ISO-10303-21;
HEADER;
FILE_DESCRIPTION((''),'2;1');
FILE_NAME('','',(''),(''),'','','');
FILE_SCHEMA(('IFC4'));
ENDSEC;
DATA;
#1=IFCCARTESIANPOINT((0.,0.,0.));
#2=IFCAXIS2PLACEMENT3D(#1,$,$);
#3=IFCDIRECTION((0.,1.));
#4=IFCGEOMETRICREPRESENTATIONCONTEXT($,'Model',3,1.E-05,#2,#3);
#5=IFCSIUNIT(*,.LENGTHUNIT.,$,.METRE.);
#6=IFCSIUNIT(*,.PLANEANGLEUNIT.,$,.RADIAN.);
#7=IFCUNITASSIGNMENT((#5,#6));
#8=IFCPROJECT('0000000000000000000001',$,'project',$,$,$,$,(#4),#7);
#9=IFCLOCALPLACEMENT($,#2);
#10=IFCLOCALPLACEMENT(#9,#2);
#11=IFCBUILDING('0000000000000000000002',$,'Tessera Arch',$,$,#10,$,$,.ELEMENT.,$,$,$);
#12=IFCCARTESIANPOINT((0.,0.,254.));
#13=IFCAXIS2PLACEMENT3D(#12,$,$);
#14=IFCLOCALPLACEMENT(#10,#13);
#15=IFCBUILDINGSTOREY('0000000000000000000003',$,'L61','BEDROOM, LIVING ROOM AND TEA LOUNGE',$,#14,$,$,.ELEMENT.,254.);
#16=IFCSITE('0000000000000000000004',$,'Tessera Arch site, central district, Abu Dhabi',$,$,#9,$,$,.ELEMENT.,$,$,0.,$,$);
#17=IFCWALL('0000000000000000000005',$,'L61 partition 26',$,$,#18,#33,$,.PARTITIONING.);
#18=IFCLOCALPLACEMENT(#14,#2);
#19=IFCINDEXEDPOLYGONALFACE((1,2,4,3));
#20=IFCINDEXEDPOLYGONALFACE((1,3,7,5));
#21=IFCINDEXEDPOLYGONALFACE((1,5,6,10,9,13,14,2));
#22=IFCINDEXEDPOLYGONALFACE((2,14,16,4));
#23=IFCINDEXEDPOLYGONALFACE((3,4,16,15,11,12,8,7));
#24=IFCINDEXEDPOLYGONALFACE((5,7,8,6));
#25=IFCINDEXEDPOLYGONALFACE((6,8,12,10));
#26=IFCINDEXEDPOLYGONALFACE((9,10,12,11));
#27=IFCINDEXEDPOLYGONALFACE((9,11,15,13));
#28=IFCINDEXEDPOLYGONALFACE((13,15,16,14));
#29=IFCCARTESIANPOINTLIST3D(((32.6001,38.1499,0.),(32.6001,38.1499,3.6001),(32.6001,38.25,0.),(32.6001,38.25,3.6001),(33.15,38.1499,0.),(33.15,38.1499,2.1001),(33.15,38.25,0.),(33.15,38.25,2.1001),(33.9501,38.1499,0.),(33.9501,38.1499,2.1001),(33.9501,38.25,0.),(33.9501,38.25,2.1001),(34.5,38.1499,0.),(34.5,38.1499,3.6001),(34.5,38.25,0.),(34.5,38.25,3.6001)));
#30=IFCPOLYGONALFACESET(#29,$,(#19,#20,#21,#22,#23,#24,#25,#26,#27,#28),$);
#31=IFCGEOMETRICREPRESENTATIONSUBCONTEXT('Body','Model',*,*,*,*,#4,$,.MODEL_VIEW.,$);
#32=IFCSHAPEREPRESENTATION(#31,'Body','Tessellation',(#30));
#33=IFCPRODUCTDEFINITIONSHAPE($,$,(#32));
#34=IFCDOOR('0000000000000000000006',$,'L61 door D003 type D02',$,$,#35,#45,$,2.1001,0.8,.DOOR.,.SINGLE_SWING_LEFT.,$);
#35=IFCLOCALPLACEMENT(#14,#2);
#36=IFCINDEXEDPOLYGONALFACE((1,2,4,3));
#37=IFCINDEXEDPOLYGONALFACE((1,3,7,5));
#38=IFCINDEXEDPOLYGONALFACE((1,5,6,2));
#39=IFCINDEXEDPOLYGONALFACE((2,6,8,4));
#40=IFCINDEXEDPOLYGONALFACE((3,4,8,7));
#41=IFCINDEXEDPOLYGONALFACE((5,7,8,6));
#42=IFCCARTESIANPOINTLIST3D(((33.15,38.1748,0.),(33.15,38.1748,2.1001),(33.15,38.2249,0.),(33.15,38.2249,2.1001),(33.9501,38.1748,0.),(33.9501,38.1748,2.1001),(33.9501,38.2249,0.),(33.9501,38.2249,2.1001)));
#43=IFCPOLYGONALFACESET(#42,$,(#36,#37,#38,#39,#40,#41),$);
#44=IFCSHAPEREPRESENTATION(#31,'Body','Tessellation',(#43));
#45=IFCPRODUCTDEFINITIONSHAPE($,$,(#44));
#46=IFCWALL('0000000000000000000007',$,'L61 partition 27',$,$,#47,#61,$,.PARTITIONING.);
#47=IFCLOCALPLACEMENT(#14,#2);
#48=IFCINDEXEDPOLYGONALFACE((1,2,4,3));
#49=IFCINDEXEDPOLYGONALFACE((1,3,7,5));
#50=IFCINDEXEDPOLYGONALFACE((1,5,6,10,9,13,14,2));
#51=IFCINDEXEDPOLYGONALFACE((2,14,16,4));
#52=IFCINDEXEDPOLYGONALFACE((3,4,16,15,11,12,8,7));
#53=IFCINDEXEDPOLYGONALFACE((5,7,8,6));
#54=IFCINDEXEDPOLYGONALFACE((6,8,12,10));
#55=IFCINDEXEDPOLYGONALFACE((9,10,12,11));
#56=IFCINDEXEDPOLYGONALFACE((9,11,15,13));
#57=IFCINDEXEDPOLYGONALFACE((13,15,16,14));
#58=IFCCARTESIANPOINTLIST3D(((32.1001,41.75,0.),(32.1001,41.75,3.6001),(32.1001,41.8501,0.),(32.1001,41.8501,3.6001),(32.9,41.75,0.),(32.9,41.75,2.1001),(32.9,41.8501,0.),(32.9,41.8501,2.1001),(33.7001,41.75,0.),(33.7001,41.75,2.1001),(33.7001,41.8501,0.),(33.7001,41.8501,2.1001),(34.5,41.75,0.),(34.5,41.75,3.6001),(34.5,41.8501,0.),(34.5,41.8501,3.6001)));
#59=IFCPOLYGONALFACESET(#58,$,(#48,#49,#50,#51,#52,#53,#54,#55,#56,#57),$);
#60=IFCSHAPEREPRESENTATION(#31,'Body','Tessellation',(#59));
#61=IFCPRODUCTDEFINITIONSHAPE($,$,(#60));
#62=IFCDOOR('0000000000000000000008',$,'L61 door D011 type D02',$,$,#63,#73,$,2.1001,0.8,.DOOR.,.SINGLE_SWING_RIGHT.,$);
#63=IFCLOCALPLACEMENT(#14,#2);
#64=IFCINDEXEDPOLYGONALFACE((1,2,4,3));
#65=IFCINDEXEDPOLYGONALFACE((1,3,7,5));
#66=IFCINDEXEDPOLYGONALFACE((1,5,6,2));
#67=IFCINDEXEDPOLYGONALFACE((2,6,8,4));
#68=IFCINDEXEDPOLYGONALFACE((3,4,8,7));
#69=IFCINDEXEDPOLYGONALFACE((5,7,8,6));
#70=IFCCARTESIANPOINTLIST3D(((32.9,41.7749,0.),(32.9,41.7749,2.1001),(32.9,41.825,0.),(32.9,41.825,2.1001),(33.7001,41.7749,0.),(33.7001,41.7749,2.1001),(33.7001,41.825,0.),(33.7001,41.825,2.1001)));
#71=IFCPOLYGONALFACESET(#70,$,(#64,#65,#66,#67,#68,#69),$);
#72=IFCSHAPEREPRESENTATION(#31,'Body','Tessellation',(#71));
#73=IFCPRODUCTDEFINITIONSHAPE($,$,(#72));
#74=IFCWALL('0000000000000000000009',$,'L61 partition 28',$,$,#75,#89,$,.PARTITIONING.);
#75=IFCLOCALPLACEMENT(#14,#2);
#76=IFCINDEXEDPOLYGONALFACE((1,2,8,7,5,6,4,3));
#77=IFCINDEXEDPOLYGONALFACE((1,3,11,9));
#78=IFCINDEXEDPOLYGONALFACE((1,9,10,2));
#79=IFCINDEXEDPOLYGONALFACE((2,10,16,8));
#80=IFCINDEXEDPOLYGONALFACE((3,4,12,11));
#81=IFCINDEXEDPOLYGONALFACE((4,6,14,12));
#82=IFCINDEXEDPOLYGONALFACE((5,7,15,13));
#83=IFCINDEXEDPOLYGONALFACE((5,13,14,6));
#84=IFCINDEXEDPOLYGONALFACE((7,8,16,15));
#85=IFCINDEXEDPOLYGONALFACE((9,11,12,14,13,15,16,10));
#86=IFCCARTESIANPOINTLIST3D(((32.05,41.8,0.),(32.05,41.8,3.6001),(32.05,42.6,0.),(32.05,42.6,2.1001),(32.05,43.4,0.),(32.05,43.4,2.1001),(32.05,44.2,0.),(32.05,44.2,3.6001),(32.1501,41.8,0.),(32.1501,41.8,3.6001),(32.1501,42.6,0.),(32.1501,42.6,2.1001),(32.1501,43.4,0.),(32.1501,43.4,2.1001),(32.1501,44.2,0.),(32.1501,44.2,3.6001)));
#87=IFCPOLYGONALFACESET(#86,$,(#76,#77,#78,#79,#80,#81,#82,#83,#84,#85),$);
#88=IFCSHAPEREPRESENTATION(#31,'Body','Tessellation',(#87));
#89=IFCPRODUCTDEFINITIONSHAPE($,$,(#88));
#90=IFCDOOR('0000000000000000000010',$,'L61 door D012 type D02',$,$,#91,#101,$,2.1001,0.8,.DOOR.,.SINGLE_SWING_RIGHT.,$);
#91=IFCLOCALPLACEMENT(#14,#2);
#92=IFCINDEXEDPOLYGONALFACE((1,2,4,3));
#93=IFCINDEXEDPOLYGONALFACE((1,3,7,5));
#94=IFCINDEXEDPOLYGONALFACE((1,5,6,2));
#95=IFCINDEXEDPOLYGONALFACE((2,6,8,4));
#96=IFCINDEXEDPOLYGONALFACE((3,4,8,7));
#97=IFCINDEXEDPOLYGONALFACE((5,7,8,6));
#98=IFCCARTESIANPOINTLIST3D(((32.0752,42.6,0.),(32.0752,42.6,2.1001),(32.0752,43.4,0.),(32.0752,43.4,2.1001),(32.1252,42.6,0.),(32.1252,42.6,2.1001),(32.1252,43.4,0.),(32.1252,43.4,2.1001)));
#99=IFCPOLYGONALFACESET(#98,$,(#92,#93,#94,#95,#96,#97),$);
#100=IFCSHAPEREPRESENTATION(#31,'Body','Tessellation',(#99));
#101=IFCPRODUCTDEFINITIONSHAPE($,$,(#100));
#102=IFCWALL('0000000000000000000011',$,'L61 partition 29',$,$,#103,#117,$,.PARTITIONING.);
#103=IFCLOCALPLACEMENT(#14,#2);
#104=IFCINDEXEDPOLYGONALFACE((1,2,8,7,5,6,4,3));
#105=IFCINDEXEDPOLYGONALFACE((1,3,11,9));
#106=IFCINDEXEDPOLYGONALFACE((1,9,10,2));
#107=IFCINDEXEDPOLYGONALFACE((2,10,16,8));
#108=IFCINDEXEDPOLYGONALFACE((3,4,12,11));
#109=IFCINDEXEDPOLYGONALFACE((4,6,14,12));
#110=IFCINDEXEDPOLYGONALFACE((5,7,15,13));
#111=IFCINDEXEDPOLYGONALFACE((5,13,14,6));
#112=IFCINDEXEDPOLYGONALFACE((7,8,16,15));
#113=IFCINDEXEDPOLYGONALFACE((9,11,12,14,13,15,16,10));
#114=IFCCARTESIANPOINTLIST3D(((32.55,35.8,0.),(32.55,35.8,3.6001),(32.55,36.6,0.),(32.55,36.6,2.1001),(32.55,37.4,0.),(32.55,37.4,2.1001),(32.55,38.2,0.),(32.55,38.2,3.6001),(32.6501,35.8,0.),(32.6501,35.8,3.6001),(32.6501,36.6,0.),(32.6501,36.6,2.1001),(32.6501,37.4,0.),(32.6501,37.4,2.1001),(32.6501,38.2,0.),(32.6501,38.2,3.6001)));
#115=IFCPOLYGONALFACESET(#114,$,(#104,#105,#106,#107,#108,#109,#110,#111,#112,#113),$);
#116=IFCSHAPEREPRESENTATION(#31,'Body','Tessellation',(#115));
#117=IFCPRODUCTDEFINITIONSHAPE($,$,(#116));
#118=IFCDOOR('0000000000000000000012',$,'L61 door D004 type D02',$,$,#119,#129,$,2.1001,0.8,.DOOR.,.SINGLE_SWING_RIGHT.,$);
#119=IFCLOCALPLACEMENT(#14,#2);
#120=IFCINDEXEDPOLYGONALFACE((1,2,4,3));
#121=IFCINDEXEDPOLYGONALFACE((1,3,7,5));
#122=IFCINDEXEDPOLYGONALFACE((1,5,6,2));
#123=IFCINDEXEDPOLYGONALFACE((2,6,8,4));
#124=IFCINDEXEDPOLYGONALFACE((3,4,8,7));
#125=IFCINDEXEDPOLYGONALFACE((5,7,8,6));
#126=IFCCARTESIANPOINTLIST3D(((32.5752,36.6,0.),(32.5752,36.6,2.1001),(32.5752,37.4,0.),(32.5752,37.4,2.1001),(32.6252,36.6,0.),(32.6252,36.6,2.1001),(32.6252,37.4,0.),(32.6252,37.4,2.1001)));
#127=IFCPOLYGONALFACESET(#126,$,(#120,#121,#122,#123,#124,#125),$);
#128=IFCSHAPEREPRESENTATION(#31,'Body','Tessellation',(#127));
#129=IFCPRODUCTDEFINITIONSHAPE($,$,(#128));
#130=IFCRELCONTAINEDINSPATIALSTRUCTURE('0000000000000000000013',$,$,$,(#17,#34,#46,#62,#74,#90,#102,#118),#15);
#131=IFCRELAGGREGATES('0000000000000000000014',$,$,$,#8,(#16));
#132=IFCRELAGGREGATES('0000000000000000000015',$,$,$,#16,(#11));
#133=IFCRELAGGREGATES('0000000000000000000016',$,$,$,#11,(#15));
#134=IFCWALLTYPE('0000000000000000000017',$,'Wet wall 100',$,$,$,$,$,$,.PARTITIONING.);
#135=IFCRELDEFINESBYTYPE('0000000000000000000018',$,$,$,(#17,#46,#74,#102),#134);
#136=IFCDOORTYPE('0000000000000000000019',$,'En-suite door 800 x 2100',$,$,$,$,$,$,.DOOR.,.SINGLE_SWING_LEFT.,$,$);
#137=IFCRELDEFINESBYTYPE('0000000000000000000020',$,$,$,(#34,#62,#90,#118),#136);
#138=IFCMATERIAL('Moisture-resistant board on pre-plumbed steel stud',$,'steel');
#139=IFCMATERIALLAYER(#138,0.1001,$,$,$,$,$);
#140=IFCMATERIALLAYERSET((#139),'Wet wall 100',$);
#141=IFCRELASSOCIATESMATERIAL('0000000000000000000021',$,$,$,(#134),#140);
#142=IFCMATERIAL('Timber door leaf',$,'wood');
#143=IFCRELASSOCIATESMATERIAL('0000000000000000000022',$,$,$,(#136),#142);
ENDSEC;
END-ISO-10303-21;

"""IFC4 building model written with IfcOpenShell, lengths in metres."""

from ifc_helpers import new_model, si_unit, direction, frame, frame_2d, origin, place, context, subcontext, project, spatial, rectangle, extrude, material, layer, layer_set, type_object, element, fill, save


model = new_model("IFC4")

# Units and contexts
model_context = context("Model", 3, precision=1e-05, world=origin(), true_north=direction((0.0, 1.0)))
body_context = subcontext(model_context, "Body", "Model", "MODEL_VIEW")
ifc_project = project(units=[si_unit("LENGTHUNIT", "METRE"), si_unit("PLANEANGLEUNIT", "RADIAN")], contexts=[model_context])

# Site, building, storey
site_placement = place(None, origin())
site = spatial("IfcSite", under=ifc_project, at=site_placement, Name="Tessera Arch site, central district, Abu Dhabi", CompositionType="ELEMENT", RefElevation=0.0)
building_placement = place(site_placement, origin())
building = spatial("IfcBuilding", under=site, at=building_placement, Name="Tessera Arch", CompositionType="ELEMENT")
storey_placement = place(building_placement, frame((0.0, 0.0, 254.0)))
storey = spatial("IfcBuildingStorey", under=building, at=storey_placement, Name="L61", Description="BEDROOM, LIVING ROOM AND TEA LOUNGE", CompositionType="ELEMENT", Elevation=254.0)

# Shared definitions
ifc_material_1 = material(Name="Moisture-resistant board on pre-plumbed steel stud", Category="steel")
ifc_layer_1 = layer(ifc_material_1, 0.1001)
ifc_layer_set_1 = layer_set([ifc_layer_1], Name="Wet wall 100")
wall_type_1 = type_object("IfcWallType", Name="Wet wall 100", PredefinedType="PARTITIONING", material=ifc_layer_set_1)

# Walls, openings, doors
wall_1_placement = place(storey_placement, frame((32.6001, 38.2, 0.0), z_axis=(0.0, 0.0, 1.0), x_axis=(1.0, 0.0, 0.0)))
wall_1 = element("IfcWall", 1, at=wall_1_placement, inside=storey, type_object=wall_type_1, Name="L61 partition 26", PredefinedType="PARTITIONING", context=body_context, shape_type="SweptSolid", body=[
    extrude(rectangle(XDim=1.8999, YDim=0.1001, at=frame_2d((0.95, 0.0))), origin(), (0.0, 0.0, 1.0), 3.6001),
])
opening_1_placement = place(wall_1_placement, frame((0.55, 0.0, 0.0)))
opening_1 = element("IfcOpeningElement", 2, at=opening_1_placement, cuts=wall_1, PredefinedType="OPENING", context=body_context, shape_type="SweptSolid", body=[
    extrude(rectangle(XDim=0.8, YDim=2.1001, at=frame_2d((0.3999, 1.05))), frame((0.0, 0.0601, 0.0), z_axis=(0.0, -1.0, 0.0), x_axis=(1.0, 0.0, 0.0)), (0.0, 0.0, 1.0), 0.1201),
])
ifc_material_2 = material(Name="Timber door leaf", Category="wood")
door_type_1 = type_object("IfcDoorType", Name="En-suite door 800 x 2100", OperationType="SINGLE_SWING_LEFT", PredefinedType="DOOR", material=ifc_material_2)
door_1_placement = place(opening_1_placement, origin())
door_1 = element("IfcDoor", 3, at=door_1_placement, inside=storey, type_object=door_type_1, Name="L61 door D003 type D02", OperationType="SINGLE_SWING_LEFT", OverallHeight=2.1001, OverallWidth=0.8, PredefinedType="DOOR", context=body_context, shape_type="SweptSolid", body=[
    extrude(rectangle(XDim=0.8, YDim=2.1001, at=frame_2d((0.3999, 1.05))), frame((0.0, 0.0249, 0.0), z_axis=(0.0, -1.0, 0.0), x_axis=(1.0, 0.0, 0.0)), (0.0, 0.0, 1.0), 0.05),
])
fill(opening_1, door_1)
wall_2_placement = place(storey_placement, frame((32.1001, 41.8, 0.0), z_axis=(0.0, 0.0, 1.0), x_axis=(1.0, 0.0, 0.0)))
wall_2 = element("IfcWall", 4, at=wall_2_placement, inside=storey, type_object=wall_type_1, Name="L61 partition 27", PredefinedType="PARTITIONING", context=body_context, shape_type="SweptSolid", body=[
    extrude(rectangle(XDim=2.3999, YDim=0.1001, at=frame_2d((1.2, 0.0))), origin(), (0.0, 0.0, 1.0), 3.6001),
])
opening_2_placement = place(wall_2_placement, frame((0.8, 0.0, 0.0)))
opening_2 = element("IfcOpeningElement", 5, at=opening_2_placement, cuts=wall_2, PredefinedType="OPENING", context=body_context, shape_type="SweptSolid", body=[
    extrude(rectangle(XDim=0.8, YDim=2.1001, at=frame_2d((0.3999, 1.05))), frame((0.0, 0.0601, 0.0), z_axis=(0.0, -1.0, 0.0), x_axis=(1.0, 0.0, 0.0)), (0.0, 0.0, 1.0), 0.1201),
])
door_2_placement = place(opening_2_placement, origin())
door_2 = element("IfcDoor", 6, at=door_2_placement, inside=storey, type_object=door_type_1, Name="L61 door D011 type D02", OperationType="SINGLE_SWING_RIGHT", OverallHeight=2.1001, OverallWidth=0.8, PredefinedType="DOOR", context=body_context, shape_type="SweptSolid", body=[
    extrude(rectangle(XDim=0.8, YDim=2.1001, at=frame_2d((0.3999, 1.05))), frame((0.0, 0.0249, 0.0), z_axis=(0.0, -1.0, 0.0), x_axis=(1.0, 0.0, 0.0)), (0.0, 0.0, 1.0), 0.05),
])
fill(opening_2, door_2)
wall_3_placement = place(storey_placement, frame((32.1001, 41.8, 0.0), z_axis=(0.0, 0.0, 1.0), x_axis=(0.0, 1.0, 0.0)))
wall_3 = element("IfcWall", 7, at=wall_3_placement, inside=storey, type_object=wall_type_1, Name="L61 partition 28", PredefinedType="PARTITIONING", context=body_context, shape_type="SweptSolid", body=[
    extrude(rectangle(XDim=2.3999, YDim=0.1001, at=frame_2d((1.2, 0.0))), origin(), (0.0, 0.0, 1.0), 3.6001),
])
opening_3_placement = place(wall_3_placement, frame((0.8, 0.0, 0.0)))
opening_3 = element("IfcOpeningElement", 8, at=opening_3_placement, cuts=wall_3, PredefinedType="OPENING", context=body_context, shape_type="SweptSolid", body=[
    extrude(rectangle(XDim=0.8, YDim=2.1001, at=frame_2d((0.3999, 1.05))), frame((0.0, 0.0601, 0.0), z_axis=(0.0, -1.0, 0.0), x_axis=(1.0, 0.0, 0.0)), (0.0, 0.0, 1.0), 0.1201),
])
door_3_placement = place(opening_3_placement, origin())
door_3 = element("IfcDoor", 9, at=door_3_placement, inside=storey, type_object=door_type_1, Name="L61 door D012 type D02", OperationType="SINGLE_SWING_RIGHT", OverallHeight=2.1001, OverallWidth=0.8, PredefinedType="DOOR", context=body_context, shape_type="SweptSolid", body=[
    extrude(rectangle(XDim=0.8, YDim=2.1001, at=frame_2d((0.3999, 1.05))), frame((0.0, 0.0249, 0.0), z_axis=(0.0, -1.0, 0.0), x_axis=(1.0, 0.0, 0.0)), (0.0, 0.0, 1.0), 0.05),
])
fill(opening_3, door_3)
wall_4_placement = place(storey_placement, frame((32.6001, 35.8, 0.0), z_axis=(0.0, 0.0, 1.0), x_axis=(0.0, 1.0, 0.0)))
wall_4 = element("IfcWall", 10, at=wall_4_placement, inside=storey, type_object=wall_type_1, Name="L61 partition 29", PredefinedType="PARTITIONING", context=body_context, shape_type="SweptSolid", body=[
    extrude(rectangle(XDim=2.3999, YDim=0.1001, at=frame_2d((1.2, 0.0))), origin(), (0.0, 0.0, 1.0), 3.6001),
])
opening_4_placement = place(wall_4_placement, frame((0.8, 0.0, 0.0)))
opening_4 = element("IfcOpeningElement", 11, at=opening_4_placement, cuts=wall_4, PredefinedType="OPENING", context=body_context, shape_type="SweptSolid", body=[
    extrude(rectangle(XDim=0.8, YDim=2.1001, at=frame_2d((0.3999, 1.05))), frame((0.0, 0.0601, 0.0), z_axis=(0.0, -1.0, 0.0), x_axis=(1.0, 0.0, 0.0)), (0.0, 0.0, 1.0), 0.1201),
])
door_4_placement = place(opening_4_placement, origin())
door_4 = element("IfcDoor", 12, at=door_4_placement, inside=storey, type_object=door_type_1, Name="L61 door D004 type D02", OperationType="SINGLE_SWING_RIGHT", OverallHeight=2.1001, OverallWidth=0.8, PredefinedType="DOOR", context=body_context, shape_type="SweptSolid", body=[
    extrude(rectangle(XDim=0.8, YDim=2.1001, at=frame_2d((0.3999, 1.05))), frame((0.0, 0.0249, 0.0), z_axis=(0.0, -1.0, 0.0), x_axis=(1.0, 0.0, 0.0)), (0.0, 0.0, 1.0), 0.05),
])
fill(opening_4, door_4)

save(model, "model.ifc")
